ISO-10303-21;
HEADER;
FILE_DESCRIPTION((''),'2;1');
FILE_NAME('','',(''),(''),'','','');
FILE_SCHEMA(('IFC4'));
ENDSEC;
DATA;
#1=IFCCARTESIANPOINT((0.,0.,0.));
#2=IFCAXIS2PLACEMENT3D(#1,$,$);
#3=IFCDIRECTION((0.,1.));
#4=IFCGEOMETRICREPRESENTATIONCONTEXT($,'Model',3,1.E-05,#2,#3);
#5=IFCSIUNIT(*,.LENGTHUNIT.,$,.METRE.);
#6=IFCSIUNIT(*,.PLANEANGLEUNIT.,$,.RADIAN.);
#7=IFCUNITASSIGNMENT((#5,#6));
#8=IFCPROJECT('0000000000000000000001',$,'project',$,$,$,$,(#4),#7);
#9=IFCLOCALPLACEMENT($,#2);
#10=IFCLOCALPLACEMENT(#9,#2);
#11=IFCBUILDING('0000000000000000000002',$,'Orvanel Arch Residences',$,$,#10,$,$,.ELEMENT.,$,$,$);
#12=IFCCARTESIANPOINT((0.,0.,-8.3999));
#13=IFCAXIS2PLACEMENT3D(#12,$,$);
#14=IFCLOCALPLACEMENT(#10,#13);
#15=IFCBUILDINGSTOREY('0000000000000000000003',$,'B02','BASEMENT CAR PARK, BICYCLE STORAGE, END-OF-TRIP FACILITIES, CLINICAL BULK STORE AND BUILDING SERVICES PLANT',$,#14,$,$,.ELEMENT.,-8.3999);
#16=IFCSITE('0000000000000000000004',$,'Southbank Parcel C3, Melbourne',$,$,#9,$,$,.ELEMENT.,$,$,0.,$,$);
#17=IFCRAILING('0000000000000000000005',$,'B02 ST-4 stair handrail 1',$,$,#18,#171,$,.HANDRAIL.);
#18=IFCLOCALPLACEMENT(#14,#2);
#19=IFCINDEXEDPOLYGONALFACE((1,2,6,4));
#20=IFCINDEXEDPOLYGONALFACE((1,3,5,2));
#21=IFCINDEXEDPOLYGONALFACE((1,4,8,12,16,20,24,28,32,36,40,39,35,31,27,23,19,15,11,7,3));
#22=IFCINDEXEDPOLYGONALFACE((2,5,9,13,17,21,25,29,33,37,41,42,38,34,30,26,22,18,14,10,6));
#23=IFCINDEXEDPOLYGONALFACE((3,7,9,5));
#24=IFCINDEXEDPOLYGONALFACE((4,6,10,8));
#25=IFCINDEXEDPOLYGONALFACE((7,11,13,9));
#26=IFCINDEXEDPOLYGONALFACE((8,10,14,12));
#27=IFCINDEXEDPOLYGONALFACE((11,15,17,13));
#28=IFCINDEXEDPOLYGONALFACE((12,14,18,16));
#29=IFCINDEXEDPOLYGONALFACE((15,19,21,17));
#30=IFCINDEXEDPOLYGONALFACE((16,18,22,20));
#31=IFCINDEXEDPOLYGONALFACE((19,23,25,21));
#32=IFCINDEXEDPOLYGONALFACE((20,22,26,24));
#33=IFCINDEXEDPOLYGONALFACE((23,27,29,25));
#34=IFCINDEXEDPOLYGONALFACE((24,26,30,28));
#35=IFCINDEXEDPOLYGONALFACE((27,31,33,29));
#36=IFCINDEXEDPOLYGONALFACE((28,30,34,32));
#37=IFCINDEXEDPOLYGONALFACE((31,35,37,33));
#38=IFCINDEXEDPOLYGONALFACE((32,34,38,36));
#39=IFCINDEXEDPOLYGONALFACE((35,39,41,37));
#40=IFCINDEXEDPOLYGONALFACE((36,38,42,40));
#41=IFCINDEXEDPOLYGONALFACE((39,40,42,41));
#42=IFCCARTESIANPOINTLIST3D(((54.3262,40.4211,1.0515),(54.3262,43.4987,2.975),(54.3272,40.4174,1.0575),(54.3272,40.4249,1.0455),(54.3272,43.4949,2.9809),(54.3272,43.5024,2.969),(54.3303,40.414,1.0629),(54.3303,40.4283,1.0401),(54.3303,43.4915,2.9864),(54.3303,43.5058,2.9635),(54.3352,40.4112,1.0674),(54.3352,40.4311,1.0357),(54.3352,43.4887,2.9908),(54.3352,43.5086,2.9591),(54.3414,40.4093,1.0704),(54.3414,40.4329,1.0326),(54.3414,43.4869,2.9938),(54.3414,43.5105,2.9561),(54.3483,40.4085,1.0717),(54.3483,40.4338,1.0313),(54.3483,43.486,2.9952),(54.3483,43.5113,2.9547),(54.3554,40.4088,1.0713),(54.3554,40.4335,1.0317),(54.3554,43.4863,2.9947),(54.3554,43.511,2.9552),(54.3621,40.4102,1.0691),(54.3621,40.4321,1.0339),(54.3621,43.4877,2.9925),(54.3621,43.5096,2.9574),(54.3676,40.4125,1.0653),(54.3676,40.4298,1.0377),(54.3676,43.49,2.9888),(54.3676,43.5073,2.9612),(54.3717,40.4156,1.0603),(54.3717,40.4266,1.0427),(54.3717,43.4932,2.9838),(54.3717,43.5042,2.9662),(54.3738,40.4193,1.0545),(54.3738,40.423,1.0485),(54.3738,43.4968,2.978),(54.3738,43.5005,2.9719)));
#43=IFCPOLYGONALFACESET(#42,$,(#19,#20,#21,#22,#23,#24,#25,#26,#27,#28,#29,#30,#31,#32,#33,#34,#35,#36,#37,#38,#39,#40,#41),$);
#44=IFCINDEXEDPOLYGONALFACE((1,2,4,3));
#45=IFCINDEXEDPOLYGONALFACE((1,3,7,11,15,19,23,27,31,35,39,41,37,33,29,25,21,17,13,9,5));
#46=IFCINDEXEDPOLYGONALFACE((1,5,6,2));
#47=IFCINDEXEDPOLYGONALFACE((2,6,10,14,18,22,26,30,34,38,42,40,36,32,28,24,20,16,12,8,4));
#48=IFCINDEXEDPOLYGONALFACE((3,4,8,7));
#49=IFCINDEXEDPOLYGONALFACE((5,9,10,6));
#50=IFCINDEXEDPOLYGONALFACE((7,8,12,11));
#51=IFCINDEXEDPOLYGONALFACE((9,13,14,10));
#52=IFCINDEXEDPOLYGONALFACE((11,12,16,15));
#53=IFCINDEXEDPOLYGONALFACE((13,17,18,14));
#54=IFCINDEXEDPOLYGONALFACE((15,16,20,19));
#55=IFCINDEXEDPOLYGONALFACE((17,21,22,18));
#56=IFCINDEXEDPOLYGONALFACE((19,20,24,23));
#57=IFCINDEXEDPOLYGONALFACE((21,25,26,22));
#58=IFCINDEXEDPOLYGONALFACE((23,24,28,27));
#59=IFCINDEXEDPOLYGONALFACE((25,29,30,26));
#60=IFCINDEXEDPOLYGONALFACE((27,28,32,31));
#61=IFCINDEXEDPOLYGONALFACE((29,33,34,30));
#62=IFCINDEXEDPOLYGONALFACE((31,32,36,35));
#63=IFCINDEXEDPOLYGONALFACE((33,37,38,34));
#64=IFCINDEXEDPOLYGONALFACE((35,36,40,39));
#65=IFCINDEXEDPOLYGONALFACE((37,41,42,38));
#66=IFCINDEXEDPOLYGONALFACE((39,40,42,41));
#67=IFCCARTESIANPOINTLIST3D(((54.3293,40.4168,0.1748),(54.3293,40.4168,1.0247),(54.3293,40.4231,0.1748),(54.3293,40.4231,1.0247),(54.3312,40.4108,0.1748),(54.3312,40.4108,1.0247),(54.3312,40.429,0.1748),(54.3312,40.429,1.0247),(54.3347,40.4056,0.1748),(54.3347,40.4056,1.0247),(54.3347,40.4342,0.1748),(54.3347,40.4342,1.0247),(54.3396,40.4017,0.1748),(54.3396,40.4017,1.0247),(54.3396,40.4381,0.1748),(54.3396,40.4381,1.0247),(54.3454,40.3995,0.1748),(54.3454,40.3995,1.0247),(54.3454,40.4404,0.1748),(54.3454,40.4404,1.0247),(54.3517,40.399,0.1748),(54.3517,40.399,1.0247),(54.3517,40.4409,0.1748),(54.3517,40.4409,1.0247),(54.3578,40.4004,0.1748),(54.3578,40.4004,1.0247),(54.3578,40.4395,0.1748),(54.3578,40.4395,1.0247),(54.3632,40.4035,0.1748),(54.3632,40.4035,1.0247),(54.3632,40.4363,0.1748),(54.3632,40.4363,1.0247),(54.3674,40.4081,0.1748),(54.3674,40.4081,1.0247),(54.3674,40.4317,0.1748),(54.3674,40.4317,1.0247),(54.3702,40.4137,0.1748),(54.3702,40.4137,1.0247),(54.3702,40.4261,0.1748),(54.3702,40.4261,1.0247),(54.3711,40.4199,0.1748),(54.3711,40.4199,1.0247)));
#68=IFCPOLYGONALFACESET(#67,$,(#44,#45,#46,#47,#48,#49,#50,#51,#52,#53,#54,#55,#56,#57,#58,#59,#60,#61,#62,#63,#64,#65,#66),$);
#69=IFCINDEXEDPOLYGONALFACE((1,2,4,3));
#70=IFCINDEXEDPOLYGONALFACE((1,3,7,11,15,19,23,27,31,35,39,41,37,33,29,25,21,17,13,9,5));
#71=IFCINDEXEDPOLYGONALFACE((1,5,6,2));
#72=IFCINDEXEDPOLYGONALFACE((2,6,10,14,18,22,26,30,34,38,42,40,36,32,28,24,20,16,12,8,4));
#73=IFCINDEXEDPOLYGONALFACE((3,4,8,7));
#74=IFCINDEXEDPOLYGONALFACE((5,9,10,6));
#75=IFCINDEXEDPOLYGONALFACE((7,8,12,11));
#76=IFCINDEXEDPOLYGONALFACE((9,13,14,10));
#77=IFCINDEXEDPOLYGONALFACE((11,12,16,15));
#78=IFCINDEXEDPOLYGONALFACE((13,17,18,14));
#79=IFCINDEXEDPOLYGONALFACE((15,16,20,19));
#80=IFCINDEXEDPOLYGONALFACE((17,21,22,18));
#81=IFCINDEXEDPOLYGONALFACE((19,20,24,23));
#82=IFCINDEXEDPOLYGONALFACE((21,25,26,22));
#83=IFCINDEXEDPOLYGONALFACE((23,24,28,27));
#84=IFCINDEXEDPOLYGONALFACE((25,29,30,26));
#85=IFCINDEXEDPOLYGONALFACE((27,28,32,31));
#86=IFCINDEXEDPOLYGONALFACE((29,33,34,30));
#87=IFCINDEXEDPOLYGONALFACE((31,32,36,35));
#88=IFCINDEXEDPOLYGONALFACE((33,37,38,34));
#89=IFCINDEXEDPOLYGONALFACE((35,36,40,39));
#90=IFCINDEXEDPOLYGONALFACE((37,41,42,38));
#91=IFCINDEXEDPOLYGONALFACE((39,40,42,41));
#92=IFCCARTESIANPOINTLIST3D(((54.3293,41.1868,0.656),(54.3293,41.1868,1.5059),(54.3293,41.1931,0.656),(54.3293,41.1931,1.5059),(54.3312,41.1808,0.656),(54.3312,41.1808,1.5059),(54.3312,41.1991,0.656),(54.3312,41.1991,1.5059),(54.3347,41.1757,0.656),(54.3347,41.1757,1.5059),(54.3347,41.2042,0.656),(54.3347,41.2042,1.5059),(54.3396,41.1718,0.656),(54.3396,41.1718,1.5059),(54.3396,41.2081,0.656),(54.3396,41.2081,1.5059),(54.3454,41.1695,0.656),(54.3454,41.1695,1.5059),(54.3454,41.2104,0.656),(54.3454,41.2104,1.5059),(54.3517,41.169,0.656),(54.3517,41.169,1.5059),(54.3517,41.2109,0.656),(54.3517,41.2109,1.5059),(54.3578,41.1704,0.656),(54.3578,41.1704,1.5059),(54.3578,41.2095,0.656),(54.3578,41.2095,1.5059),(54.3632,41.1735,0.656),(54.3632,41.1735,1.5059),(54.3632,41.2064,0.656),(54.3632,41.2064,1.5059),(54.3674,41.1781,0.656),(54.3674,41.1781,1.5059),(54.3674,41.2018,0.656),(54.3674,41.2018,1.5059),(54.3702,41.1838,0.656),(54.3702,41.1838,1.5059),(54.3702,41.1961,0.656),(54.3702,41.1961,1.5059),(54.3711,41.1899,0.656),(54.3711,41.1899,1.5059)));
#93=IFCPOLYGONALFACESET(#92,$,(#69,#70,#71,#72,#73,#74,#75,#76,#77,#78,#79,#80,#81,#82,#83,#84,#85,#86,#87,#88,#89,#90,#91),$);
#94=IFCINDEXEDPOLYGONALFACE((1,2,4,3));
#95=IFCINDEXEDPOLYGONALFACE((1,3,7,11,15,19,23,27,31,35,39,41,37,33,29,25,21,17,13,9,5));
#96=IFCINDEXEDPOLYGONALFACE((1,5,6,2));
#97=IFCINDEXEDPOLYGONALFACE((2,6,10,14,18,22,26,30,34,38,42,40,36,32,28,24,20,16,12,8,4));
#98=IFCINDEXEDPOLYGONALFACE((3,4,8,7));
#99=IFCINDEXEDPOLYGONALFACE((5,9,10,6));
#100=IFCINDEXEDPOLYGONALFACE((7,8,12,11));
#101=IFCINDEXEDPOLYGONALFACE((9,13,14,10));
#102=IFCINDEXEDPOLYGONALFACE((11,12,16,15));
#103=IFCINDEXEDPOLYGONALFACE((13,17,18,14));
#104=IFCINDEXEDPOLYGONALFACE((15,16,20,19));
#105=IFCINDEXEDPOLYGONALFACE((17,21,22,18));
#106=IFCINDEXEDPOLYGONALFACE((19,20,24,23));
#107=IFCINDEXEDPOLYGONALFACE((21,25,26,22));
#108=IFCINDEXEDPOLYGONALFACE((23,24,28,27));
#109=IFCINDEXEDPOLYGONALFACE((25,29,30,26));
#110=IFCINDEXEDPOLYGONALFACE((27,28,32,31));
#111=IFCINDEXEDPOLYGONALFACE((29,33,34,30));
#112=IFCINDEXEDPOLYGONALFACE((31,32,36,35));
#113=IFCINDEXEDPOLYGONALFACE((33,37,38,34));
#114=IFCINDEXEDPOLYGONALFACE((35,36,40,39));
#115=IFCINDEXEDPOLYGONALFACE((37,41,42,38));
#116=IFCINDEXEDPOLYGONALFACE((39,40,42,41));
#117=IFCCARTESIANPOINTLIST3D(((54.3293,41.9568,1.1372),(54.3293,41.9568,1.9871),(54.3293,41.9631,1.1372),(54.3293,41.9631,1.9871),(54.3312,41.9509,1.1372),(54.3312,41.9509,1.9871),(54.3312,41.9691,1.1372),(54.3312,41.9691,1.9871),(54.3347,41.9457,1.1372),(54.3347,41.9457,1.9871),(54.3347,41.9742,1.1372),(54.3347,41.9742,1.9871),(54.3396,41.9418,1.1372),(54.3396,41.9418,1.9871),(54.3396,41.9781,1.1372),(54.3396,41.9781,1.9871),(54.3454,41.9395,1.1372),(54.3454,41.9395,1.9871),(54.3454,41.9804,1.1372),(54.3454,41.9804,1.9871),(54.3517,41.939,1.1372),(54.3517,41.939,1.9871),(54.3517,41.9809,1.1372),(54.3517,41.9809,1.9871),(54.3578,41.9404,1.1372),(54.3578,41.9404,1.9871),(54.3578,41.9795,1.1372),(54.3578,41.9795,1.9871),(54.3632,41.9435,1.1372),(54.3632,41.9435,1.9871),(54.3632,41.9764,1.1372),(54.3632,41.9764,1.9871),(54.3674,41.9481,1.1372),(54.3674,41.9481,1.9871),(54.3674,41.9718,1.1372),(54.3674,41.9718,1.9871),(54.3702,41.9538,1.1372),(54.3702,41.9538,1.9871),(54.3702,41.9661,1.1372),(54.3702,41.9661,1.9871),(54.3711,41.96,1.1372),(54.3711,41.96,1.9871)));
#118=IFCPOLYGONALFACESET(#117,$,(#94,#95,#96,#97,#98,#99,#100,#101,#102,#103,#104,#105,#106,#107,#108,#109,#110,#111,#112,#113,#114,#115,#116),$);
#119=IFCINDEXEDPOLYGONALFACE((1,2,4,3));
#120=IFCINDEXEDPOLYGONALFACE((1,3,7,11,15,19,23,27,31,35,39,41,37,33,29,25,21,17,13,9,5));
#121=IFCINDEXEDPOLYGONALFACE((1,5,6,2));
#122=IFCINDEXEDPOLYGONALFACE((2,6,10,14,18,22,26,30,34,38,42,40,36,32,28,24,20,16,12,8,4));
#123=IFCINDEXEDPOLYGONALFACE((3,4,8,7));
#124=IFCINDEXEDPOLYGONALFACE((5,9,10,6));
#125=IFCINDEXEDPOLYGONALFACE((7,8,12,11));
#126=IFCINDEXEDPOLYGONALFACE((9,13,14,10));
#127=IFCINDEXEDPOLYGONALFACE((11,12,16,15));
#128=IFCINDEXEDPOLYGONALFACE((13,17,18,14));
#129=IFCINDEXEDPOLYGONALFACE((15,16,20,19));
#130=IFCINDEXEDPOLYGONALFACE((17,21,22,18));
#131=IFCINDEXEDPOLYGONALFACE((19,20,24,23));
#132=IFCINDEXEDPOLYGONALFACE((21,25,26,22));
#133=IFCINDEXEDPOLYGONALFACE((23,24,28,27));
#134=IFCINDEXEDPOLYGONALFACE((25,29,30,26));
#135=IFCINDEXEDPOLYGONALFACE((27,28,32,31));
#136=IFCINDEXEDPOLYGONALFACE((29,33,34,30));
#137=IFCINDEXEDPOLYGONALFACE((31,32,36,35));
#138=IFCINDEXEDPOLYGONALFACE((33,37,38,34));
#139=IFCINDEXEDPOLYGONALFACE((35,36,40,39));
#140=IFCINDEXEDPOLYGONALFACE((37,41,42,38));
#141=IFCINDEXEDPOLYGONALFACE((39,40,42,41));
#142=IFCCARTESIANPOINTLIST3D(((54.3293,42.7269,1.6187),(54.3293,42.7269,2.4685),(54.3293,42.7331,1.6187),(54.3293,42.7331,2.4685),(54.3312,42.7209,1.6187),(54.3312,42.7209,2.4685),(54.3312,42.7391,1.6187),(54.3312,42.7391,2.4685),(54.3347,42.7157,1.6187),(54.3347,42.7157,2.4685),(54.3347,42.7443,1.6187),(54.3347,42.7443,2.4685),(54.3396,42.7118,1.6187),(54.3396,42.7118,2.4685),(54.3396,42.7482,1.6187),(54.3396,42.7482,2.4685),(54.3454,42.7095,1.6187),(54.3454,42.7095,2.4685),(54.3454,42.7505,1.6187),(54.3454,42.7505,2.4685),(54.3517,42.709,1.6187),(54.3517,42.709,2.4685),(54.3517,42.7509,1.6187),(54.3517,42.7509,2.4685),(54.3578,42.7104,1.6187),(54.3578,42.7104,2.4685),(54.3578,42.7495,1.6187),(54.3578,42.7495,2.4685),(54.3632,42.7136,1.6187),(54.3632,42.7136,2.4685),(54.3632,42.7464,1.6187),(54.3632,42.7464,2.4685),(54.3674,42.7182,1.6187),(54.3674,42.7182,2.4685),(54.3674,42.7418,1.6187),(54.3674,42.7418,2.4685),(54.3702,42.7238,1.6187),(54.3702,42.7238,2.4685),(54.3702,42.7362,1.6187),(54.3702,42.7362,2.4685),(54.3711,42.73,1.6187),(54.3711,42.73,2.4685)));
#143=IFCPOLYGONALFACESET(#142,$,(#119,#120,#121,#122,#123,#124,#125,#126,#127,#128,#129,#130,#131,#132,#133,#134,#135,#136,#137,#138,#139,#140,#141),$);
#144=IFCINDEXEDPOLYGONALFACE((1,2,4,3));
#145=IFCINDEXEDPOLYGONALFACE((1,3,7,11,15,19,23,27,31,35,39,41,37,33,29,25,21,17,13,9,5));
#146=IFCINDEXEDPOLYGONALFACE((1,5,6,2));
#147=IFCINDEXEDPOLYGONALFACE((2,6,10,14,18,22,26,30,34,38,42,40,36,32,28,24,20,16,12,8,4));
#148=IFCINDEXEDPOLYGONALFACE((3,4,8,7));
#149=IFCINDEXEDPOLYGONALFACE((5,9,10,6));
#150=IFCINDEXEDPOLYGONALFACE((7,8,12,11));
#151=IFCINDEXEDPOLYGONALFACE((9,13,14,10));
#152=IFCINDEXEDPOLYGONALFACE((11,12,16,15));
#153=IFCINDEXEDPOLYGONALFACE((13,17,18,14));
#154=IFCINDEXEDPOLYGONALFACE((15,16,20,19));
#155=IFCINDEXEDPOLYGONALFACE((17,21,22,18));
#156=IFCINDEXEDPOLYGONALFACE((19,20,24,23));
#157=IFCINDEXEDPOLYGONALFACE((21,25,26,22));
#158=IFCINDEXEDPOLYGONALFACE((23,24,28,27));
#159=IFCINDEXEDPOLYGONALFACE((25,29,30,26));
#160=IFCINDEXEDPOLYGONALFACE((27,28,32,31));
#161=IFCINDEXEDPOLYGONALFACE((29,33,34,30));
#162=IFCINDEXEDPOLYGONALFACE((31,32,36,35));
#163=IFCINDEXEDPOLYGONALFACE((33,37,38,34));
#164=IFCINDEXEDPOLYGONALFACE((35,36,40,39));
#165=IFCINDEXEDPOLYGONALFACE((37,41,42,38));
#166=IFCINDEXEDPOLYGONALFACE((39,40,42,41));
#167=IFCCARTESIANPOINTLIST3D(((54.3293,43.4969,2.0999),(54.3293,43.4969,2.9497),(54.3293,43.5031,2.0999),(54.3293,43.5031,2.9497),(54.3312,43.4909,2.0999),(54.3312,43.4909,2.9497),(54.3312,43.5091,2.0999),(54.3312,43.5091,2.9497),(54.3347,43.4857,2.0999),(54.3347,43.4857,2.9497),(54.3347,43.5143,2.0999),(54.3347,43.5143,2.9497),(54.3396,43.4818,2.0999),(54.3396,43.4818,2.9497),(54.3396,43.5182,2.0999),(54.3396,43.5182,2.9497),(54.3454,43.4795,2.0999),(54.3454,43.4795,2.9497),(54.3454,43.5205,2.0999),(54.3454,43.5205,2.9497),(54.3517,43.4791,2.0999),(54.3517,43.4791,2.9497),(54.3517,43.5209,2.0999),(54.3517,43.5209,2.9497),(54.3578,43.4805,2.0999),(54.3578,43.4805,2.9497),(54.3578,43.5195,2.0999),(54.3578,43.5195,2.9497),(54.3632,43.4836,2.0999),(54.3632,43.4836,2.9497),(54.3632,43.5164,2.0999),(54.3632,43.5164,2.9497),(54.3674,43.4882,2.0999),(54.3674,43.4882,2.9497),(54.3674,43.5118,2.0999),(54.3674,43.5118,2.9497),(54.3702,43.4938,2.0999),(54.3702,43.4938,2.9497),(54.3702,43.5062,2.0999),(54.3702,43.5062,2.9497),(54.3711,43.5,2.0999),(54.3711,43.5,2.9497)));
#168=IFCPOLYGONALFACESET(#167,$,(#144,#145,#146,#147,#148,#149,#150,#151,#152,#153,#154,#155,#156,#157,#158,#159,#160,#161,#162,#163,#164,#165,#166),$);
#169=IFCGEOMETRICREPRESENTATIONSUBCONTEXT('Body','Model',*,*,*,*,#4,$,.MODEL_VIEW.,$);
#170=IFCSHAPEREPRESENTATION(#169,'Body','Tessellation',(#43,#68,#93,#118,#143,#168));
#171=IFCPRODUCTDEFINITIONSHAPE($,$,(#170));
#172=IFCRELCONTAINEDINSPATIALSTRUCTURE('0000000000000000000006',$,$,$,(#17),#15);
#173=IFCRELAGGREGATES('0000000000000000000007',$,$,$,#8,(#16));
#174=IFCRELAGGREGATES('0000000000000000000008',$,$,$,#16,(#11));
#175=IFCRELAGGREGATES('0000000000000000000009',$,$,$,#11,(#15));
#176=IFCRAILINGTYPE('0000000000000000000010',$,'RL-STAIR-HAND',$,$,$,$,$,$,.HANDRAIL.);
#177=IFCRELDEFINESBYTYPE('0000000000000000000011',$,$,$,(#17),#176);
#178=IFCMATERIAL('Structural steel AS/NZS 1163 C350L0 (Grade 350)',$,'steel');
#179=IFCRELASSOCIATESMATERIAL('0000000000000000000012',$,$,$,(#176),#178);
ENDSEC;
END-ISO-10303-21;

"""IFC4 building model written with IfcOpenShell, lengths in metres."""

from ifc_helpers import new_model, si_unit, direction, frame, origin, origin_2d, place, context, subcontext, project, spatial, circle, extrude, material, type_object, element, save


model = new_model("IFC4")

# Units and contexts
model_context = context("Model", 3, precision=1e-05, world=origin(), true_north=direction((0.0, 1.0)))
body_context = subcontext(model_context, "Body", "Model", "MODEL_VIEW")
ifc_project = project(units=[si_unit("LENGTHUNIT", "METRE"), si_unit("PLANEANGLEUNIT", "RADIAN")], contexts=[model_context])

# Site, building, storey
site_placement = place(None, origin())
site = spatial("IfcSite", under=ifc_project, at=site_placement, Name="Southbank Parcel C3, Melbourne", CompositionType="ELEMENT", RefElevation=0.0)
building_placement = place(site_placement, origin())
building = spatial("IfcBuilding", under=site, at=building_placement, Name="Orvanel Arch Residences", CompositionType="ELEMENT")
storey_placement = place(building_placement, frame((0.0, 0.0, -8.3999)))
storey = spatial("IfcBuildingStorey", under=building, at=storey_placement, Name="B02", Description="BASEMENT CAR PARK, BICYCLE STORAGE, END-OF-TRIP FACILITIES, CLINICAL BULK STORE AND BUILDING SERVICES PLANT", CompositionType="ELEMENT", Elevation=-8.3999)

# Railing
ifc_material_1 = material(Name="Structural steel AS/NZS 1163 C350L0 (Grade 350)", Category="steel")
railing_type_1 = type_object("IfcRailingType", Name="RL-STAIR-HAND", PredefinedType="HANDRAIL", material=ifc_material_1)
railing_1_placement = place(storey_placement, frame((54.3501, 40.4199, 0.1748)))
element("IfcRailing", 1, at=railing_1_placement, inside=storey, type_object=railing_type_1, Name="B02 ST-4 stair handrail 1", PredefinedType="HANDRAIL", context=body_context, shape_type="SweptSolid", body=[
    extrude(circle(Radius=0.0239, at=origin_2d()), frame((0.0, 0.0012, 0.8767), z_axis=(0.0, 0.847998, 0.529999), x_axis=(-1.0, 0.0, 0.0)), (0.0, 0.0, 1.0), 3.6292),
    extrude(circle(Radius=0.021, at=origin_2d()), origin(), (0.0, 0.0, 1.0), 0.8499),
    extrude(circle(Radius=0.021, at=origin_2d()), frame((0.0, 0.77, 0.4812)), (0.0, 0.0, 1.0), 0.8499),
    extrude(circle(Radius=0.021, at=origin_2d()), frame((0.0, 1.54, 0.9624)), (0.0, 0.0, 1.0), 0.8499),
    extrude(circle(Radius=0.021, at=origin_2d()), frame((0.0, 2.3101, 1.4438)), (0.0, 0.0, 1.0), 0.8499),
    extrude(circle(Radius=0.021, at=origin_2d()), frame((0.0, 3.0801, 1.925)), (0.0, 0.0, 1.0), 0.8499),
])

save(model, "model.ifc")
